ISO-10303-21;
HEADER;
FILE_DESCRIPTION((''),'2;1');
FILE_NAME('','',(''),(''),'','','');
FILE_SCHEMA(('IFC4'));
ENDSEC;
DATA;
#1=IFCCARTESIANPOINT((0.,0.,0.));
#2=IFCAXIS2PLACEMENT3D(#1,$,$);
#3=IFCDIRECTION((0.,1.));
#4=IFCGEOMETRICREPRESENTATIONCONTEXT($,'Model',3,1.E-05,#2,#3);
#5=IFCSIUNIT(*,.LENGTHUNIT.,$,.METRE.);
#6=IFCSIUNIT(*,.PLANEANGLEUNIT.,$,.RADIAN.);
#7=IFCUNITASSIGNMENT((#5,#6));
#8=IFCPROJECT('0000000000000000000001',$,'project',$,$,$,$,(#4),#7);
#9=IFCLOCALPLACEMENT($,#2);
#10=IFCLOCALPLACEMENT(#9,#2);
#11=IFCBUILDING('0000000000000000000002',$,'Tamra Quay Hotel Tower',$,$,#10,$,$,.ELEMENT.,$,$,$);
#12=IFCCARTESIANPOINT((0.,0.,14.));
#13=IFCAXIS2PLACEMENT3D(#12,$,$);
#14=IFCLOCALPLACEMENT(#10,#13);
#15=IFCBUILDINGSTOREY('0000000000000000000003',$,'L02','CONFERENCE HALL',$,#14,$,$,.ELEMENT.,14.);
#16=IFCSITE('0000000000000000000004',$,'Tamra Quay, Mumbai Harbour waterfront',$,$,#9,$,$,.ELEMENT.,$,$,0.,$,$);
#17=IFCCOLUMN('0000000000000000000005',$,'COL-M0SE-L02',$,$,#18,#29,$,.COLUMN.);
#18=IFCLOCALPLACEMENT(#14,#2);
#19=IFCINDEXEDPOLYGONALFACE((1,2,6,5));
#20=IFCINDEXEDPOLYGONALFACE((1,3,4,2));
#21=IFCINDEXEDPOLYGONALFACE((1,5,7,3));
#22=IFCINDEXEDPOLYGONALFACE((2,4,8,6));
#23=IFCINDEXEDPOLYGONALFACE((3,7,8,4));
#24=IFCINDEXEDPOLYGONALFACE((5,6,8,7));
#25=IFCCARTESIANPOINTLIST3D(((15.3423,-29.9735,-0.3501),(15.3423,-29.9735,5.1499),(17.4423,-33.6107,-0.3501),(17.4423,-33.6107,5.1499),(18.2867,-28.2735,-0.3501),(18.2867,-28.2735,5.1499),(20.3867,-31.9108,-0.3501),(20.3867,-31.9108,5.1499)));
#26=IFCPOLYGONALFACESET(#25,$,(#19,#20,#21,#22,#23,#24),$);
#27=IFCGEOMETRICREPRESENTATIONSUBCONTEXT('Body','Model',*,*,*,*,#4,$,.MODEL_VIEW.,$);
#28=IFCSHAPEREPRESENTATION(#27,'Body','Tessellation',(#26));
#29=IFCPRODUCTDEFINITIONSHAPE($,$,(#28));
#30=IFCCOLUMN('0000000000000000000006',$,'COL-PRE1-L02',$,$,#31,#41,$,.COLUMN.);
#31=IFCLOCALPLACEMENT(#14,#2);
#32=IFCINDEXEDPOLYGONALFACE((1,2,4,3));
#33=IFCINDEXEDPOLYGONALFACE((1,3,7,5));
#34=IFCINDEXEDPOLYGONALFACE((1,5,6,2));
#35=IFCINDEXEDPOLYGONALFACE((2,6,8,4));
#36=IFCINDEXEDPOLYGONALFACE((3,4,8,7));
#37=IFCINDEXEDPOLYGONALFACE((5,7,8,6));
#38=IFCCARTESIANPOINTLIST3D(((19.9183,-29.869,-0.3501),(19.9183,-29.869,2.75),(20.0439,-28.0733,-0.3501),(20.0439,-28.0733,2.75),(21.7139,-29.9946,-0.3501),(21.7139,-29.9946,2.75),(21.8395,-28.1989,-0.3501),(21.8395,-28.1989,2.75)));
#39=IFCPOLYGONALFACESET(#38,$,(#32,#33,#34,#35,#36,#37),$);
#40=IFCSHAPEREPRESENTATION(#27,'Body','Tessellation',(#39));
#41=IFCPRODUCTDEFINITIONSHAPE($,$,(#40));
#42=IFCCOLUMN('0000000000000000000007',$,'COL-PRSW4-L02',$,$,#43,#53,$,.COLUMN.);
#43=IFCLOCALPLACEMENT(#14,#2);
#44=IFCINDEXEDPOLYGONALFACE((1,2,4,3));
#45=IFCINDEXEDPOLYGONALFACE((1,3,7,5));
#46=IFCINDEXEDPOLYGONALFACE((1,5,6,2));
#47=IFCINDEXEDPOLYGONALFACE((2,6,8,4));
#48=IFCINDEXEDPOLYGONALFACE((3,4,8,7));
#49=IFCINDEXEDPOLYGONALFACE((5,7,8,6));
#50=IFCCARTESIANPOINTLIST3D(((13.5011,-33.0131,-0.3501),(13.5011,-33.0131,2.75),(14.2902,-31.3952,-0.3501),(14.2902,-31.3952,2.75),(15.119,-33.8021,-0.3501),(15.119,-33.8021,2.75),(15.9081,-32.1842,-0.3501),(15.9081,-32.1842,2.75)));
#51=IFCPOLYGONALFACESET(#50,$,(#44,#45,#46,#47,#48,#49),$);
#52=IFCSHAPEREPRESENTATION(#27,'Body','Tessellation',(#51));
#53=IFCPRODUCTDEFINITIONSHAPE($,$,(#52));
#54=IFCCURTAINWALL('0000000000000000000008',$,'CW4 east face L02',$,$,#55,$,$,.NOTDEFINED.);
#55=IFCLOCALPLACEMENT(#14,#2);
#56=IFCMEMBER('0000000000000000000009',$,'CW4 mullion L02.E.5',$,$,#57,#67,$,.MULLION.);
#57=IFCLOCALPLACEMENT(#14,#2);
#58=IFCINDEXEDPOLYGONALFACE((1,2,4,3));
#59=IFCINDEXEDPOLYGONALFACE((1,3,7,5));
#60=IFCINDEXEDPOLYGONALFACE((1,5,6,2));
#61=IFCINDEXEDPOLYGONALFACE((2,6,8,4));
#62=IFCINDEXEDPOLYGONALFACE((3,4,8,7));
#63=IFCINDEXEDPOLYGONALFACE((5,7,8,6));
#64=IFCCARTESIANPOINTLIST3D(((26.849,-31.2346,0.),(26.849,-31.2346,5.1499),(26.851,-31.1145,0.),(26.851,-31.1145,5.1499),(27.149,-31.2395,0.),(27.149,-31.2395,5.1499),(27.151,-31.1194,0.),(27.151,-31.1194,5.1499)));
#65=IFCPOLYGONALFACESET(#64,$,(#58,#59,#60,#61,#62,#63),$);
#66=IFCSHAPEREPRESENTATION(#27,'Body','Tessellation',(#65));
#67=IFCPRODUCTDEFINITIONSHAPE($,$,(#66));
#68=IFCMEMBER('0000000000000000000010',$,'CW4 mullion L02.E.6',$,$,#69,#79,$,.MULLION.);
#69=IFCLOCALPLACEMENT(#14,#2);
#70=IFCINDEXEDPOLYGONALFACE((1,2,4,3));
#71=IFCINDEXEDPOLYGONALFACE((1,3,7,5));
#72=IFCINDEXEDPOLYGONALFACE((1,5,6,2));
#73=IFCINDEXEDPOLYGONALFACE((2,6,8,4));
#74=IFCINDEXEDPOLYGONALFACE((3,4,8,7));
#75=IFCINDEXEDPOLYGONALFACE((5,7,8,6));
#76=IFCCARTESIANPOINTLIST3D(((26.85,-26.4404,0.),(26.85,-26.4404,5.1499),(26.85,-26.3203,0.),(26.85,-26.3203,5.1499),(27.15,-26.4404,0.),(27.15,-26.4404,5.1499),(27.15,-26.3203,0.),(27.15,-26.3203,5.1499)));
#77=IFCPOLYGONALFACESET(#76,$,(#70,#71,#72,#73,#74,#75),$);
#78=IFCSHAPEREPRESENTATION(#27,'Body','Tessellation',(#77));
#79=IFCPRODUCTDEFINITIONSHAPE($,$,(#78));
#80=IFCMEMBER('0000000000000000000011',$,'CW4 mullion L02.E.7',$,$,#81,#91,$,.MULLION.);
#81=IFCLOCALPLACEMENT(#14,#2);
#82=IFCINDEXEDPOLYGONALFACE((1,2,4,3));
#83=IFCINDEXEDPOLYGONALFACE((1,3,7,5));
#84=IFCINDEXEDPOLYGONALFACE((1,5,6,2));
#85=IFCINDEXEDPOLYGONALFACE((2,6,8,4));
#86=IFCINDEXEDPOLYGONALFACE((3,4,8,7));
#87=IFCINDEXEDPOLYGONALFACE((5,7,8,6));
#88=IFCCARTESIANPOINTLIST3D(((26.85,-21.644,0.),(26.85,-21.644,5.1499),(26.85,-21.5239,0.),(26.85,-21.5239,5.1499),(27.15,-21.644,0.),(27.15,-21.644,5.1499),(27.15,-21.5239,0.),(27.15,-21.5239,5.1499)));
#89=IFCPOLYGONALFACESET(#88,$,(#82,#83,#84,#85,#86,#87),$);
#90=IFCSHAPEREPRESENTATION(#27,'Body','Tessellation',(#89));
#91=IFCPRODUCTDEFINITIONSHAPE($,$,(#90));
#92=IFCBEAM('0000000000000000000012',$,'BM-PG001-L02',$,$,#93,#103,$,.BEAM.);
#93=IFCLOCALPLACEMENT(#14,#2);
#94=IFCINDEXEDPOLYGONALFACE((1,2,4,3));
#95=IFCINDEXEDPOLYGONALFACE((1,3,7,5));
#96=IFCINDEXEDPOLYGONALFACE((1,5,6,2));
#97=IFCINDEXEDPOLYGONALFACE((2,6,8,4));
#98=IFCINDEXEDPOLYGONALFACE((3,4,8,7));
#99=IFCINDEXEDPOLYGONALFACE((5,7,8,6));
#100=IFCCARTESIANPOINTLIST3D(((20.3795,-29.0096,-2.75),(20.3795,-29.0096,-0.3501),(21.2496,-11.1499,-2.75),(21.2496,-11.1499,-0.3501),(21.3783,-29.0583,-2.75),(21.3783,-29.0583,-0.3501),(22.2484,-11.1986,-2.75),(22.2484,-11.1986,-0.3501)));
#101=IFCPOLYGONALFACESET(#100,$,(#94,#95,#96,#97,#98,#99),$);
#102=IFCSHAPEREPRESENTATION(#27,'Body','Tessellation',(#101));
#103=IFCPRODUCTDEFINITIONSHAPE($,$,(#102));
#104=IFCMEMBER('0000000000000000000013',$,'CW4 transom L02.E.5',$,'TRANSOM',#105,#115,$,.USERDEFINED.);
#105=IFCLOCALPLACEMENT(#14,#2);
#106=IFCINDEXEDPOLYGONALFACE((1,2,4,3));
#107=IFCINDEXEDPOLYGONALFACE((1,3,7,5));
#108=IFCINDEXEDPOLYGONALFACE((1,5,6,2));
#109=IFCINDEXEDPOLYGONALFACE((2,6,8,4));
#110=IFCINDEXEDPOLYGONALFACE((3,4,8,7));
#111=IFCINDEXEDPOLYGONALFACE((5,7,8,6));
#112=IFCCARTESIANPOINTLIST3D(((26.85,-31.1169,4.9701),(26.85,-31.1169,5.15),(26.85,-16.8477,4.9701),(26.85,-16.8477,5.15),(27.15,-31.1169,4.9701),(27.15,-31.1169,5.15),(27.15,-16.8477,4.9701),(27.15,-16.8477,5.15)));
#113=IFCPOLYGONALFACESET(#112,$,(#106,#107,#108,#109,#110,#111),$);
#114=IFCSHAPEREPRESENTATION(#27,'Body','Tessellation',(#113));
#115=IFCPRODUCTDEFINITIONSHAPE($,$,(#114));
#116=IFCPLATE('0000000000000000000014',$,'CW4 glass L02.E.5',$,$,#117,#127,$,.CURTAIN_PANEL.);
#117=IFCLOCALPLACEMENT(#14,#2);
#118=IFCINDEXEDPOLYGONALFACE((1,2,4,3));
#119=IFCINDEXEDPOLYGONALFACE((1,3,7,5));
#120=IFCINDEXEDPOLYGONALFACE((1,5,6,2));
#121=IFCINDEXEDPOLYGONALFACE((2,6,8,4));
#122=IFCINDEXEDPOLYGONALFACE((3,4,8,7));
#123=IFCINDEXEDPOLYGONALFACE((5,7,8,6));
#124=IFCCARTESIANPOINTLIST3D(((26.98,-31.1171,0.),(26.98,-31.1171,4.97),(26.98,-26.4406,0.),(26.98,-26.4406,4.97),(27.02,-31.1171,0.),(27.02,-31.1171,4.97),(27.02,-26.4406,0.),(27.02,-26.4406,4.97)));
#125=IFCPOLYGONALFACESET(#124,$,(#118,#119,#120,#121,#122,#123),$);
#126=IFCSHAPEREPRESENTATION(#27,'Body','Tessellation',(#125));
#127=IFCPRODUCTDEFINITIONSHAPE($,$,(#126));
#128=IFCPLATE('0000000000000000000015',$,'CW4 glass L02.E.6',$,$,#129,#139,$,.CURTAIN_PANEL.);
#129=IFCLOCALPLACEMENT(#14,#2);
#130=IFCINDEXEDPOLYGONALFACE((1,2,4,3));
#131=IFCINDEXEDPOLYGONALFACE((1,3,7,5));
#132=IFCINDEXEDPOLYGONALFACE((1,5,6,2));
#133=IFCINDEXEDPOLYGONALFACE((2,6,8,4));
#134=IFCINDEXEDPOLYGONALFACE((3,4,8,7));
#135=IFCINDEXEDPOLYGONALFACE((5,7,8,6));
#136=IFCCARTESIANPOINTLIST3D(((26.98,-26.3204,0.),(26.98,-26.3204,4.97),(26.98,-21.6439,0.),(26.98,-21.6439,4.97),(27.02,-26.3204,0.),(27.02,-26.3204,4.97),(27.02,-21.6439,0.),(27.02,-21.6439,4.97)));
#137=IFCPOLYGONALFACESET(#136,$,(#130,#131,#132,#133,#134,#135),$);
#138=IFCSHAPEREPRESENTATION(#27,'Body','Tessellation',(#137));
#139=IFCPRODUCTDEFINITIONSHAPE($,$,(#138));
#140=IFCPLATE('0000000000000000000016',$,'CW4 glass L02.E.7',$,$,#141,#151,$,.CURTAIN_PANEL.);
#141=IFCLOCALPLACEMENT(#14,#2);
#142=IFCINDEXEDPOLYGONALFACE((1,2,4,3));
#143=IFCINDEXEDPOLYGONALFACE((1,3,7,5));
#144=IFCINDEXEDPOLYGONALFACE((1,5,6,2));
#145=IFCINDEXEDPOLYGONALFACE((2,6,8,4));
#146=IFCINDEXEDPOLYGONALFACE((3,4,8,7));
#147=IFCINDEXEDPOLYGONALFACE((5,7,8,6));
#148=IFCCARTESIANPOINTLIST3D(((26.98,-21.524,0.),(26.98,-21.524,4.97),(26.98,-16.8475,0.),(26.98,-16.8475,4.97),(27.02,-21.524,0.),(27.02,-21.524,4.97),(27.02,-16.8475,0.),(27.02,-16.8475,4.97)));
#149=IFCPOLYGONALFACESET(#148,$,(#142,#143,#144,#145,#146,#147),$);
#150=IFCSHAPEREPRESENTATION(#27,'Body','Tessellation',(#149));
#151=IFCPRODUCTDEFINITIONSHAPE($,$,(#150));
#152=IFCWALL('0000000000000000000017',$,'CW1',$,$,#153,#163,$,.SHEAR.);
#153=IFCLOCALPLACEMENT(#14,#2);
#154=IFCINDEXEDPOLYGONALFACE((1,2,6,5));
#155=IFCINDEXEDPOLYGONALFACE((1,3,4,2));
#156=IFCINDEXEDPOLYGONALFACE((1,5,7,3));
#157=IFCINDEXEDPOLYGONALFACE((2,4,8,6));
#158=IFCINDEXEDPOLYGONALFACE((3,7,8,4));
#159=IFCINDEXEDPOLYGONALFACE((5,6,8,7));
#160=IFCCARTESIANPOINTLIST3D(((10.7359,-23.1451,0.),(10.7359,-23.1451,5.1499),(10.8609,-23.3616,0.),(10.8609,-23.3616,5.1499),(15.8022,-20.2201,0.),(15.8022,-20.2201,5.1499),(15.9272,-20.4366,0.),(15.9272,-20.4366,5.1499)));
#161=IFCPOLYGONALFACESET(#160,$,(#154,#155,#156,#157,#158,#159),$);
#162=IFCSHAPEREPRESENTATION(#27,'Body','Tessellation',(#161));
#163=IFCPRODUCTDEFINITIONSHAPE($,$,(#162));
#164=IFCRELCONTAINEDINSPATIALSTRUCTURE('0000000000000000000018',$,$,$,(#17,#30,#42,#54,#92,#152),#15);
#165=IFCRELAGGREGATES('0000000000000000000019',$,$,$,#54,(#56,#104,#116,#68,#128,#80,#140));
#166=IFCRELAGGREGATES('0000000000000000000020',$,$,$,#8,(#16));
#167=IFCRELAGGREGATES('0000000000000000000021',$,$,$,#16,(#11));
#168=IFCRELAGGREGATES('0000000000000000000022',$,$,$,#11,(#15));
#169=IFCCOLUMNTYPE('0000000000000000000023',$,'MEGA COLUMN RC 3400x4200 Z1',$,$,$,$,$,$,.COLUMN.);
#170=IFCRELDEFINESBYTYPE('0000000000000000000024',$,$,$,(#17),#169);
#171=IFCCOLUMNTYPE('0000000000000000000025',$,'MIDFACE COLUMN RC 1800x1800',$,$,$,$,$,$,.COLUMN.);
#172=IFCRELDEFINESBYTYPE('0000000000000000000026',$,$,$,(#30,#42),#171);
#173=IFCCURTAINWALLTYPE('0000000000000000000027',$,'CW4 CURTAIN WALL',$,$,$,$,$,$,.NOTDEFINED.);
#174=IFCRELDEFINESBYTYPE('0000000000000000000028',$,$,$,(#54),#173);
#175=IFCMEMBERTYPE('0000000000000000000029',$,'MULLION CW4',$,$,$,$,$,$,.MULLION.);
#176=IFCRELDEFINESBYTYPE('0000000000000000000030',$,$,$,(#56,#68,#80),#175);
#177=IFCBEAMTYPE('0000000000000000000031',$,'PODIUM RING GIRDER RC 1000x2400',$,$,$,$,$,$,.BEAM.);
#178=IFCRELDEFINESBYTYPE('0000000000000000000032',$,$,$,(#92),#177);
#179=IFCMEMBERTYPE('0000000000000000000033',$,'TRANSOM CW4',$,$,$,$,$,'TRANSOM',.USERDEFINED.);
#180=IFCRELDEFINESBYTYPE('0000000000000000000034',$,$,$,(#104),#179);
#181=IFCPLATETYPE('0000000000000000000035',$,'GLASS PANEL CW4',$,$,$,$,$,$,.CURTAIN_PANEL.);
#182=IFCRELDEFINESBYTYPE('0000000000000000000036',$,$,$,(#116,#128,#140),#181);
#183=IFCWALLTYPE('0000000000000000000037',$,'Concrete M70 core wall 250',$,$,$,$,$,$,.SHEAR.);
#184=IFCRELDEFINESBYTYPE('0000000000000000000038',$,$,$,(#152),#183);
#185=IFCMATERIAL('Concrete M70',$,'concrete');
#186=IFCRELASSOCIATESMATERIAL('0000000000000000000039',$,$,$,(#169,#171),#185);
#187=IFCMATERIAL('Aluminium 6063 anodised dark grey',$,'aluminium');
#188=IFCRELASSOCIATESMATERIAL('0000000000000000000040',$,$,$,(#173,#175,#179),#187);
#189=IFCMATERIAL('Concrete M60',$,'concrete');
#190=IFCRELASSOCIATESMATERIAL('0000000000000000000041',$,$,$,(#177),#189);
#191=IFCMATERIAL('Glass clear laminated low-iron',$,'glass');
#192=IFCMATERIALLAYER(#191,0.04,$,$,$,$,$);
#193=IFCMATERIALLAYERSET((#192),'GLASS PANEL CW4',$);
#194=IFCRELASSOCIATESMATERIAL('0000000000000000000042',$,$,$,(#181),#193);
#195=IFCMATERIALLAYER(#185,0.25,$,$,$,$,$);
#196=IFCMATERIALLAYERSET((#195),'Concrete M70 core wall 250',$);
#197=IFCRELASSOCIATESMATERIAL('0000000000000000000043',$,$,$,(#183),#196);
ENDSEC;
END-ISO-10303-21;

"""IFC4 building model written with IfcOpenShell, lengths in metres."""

from ifc_helpers import new_model, si_unit, direction, frame, frame_2d, origin, origin_2d, place, context, subcontext, project, spatial, rectangle, extrude, material, layer, layer_set, material_profile, profile_set, type_object, element, aggregate, save


model = new_model("IFC4")

# Units and contexts
model_context = context("Model", 3, precision=1e-05, world=origin(), true_north=direction((0.0, 1.0)))
body_context = subcontext(model_context, "Body", "Model", "MODEL_VIEW")
ifc_project = project(units=[si_unit("LENGTHUNIT", "METRE"), si_unit("PLANEANGLEUNIT", "RADIAN")], contexts=[model_context])

# Site, building, storey
site_placement = place(None, origin())
site = spatial("IfcSite", under=ifc_project, at=site_placement, Name="Tamra Quay, Mumbai Harbour waterfront", CompositionType="ELEMENT", RefElevation=0.0)
building_placement = place(site_placement, origin())
building = spatial("IfcBuilding", under=site, at=building_placement, Name="Tamra Quay Hotel Tower", CompositionType="ELEMENT")
storey_placement = place(building_placement, frame((0.0, 0.0, 14.0)))
storey = spatial("IfcBuildingStorey", under=building, at=storey_placement, Name="L02", Description="CONFERENCE HALL", CompositionType="ELEMENT", Elevation=14.0)

# Columns
ifc_material_1 = material(Name="Concrete M70", Category="concrete")
ifc_material_profile_1 = material_profile(ifc_material_1, rectangle(XDim=4.2, YDim=3.3999, at=origin_2d()), Name="MEGA COLUMN RC 3400x4200 Z1")
ifc_profile_set_1 = profile_set([ifc_material_profile_1], Name="Concrete M70")
column_type_1 = type_object("IfcColumnType", Name="MEGA COLUMN RC 3400x4200 Z1", PredefinedType="COLUMN", material=ifc_profile_set_1)
column_placement = place(storey_placement, frame((17.8645, -30.9421, -0.3501), z_axis=(0.0, 0.0, 1.0), x_axis=(-0.5, 0.866025, 0.0)))
element("IfcColumn", 1, at=column_placement, inside=storey, type_object=column_type_1, Name="COL-M0SE-L02", PredefinedType="COLUMN", context=body_context, shape_type="SweptSolid", body=[
    extrude(rectangle(XDim=4.2, YDim=3.3999, at=origin_2d()), origin(), (0.0, 0.0, 1.0), 5.5),
])
ifc_material_profile_2 = material_profile(ifc_material_1, rectangle(XDim=1.8, YDim=1.8, at=origin_2d()), Name="MIDFACE COLUMN RC 1800x1800")
ifc_profile_set_2 = profile_set([ifc_material_profile_2], Name="Concrete M70")
column_type_2 = type_object("IfcColumnType", Name="MIDFACE COLUMN RC 1800x1800", PredefinedType="COLUMN", material=ifc_profile_set_2)
for number, where, z_axis, x_axis, name in (
    (2, (20.8789, -29.0339, -0.3501), (0.0, 0.0, 1.0), (-0.997562, 0.06979, 0.0), "COL-PRE1-L02"),
    (3, (14.7046, -32.5986, -0.3501), (0.0, 0.0, 1.0), (0.438341, 0.898809, 0.0), "COL-PRSW4-L02"),
):
    element("IfcColumn", number, at=place(storey_placement, frame(where, z_axis=z_axis, x_axis=x_axis)), inside=storey, type_object=column_type_2, Name=name, PredefinedType="COLUMN", context=body_context, shape_type="SweptSolid", body=[
        extrude(rectangle(XDim=1.8, YDim=1.8, at=origin_2d()), origin(), (0.0, 0.0, 1.0), 3.1001),
    ])

# Curtain wall, members
ifc_material_2 = material(Name="Aluminium 6063 anodised dark grey", Category="aluminium")
curtain_wall_type = type_object("IfcCurtainWallType", Name="CW4 CURTAIN WALL", PredefinedType="NOTDEFINED", material=ifc_material_2)
curtain_wall_placement = place(storey_placement, origin())
curtain_wall = element("IfcCurtainWall", 4, at=curtain_wall_placement, inside=storey, type_object=curtain_wall_type, Name="CW4 east face L02", PredefinedType="NOTDEFINED")
ifc_material_profile_3 = material_profile(ifc_material_2, rectangle(XDim=0.3, YDim=0.1201, at=origin_2d()), Name="MULLION 120X300")
ifc_profile_set_3 = profile_set([ifc_material_profile_3], Name="Aluminium 6063 anodised dark grey")
member_type_1 = type_object("IfcMemberType", Name="MULLION CW4", PredefinedType="MULLION", material=ifc_profile_set_3)
member_1_placement = place(storey_placement, frame((27.0, -31.177, 0.0), z_axis=(0.0, 0.0, 1.0), x_axis=(0.999866, -0.016362, 0.0)))
member_1 = element("IfcMember", 5, at=member_1_placement, type_object=member_type_1, Name="CW4 mullion L02.E.5", PredefinedType="MULLION", context=body_context, shape_type="SweptSolid", body=[
    extrude(rectangle(XDim=0.3, YDim=0.1201, at=origin_2d()), origin(), (0.0, 0.0, 1.0), 5.1499),
])
member_2_placement = place(storey_placement, frame((27.0, -26.3804, 0.0), z_axis=(0.0, 0.0, 1.0), x_axis=(1.0, 0.0, 0.0)))
member_2 = element("IfcMember", 6, at=member_2_placement, type_object=member_type_1, Name="CW4 mullion L02.E.6", PredefinedType="MULLION", context=body_context, shape_type="SweptSolid", body=[
    extrude(rectangle(XDim=0.3, YDim=0.1201, at=origin_2d()), origin(), (0.0, 0.0, 1.0), 5.1499),
])
member_3_placement = place(storey_placement, frame((27.0, -21.584, 0.0), z_axis=(0.0, 0.0, 1.0), x_axis=(1.0, 0.0, 0.0)))
member_3 = element("IfcMember", 7, at=member_3_placement, type_object=member_type_1, Name="CW4 mullion L02.E.7", PredefinedType="MULLION", context=body_context, shape_type="SweptSolid", body=[
    extrude(rectangle(XDim=0.3, YDim=0.1201, at=origin_2d()), origin(), (0.0, 0.0, 1.0), 5.1499),
])

# Beam
ifc_material_3 = material(Name="Concrete M60", Category="concrete")
ifc_material_profile_4 = material_profile(ifc_material_3, rectangle(XDim=1.0, YDim=2.3999, at=origin_2d()), Name="PODIUM RING GIRDER RC 1000x2400")
ifc_profile_set_4 = profile_set([ifc_material_profile_4], Name="Concrete M60")
beam_type = type_object("IfcBeamType", Name="PODIUM RING GIRDER RC 1000x2400", PredefinedType="BEAM", material=ifc_profile_set_4)
beam_placement = place(storey_placement, frame((20.8789, -29.0339, -1.55), z_axis=(0.048662, 0.998815, 0.0), x_axis=(-0.998815, 0.048662, 0.0)))
element("IfcBeam", 8, at=beam_placement, inside=storey, type_object=beam_type, Name="BM-PG001-L02", PredefinedType="BEAM", context=body_context, shape_type="SweptSolid", body=[
    extrude(rectangle(XDim=1.0, YDim=2.3999, at=origin_2d()), origin(), (0.0, 0.0, 1.0), 17.8809),
])

# Member
ifc_material_profile_5 = material_profile(ifc_material_2, rectangle(XDim=0.3, YDim=0.1799, at=origin_2d()), Name="TRANSOM 300X180")
ifc_profile_set_5 = profile_set([ifc_material_profile_5], Name="Aluminium 6063 anodised dark grey")
member_type_2 = type_object("IfcMemberType", Name="TRANSOM CW4", ElementType="TRANSOM", PredefinedType="USERDEFINED", material=ifc_profile_set_5)
member_4_placement = place(storey_placement, frame((27.0, -31.1169, 5.0601), z_axis=(0.0, 1.0, 0.0), x_axis=(-1.0, 0.0, 0.0)))
member_4 = element("IfcMember", 9, at=member_4_placement, type_object=member_type_2, Name="CW4 transom L02.E.5", ObjectType="TRANSOM", PredefinedType="USERDEFINED", context=body_context, shape_type="SweptSolid", body=[
    extrude(rectangle(XDim=0.3, YDim=0.1799, at=origin_2d()), origin(), (0.0, 0.0, 1.0), 14.2693),
])

# Plates
ifc_material_4 = material(Name="Glass clear laminated low-iron", Category="glass")
ifc_layer_1 = layer(ifc_material_4, 0.04)
ifc_layer_set_1 = layer_set([ifc_layer_1], Name="GLASS PANEL CW4")
plate_type = type_object("IfcPlateType", Name="GLASS PANEL CW4", PredefinedType="CURTAIN_PANEL", material=ifc_layer_set_1)
plate_1_placement = place(storey_placement, frame((27.0, -28.7788, 0.0), z_axis=(0.0, 0.0, 1.0), x_axis=(0.0, 1.0, 0.0)))
plate_1 = element("IfcPlate", 10, at=plate_1_placement, type_object=plate_type, Name="CW4 glass L02.E.5", PredefinedType="CURTAIN_PANEL", context=body_context, shape_type="SweptSolid", body=[
    extrude(rectangle(XDim=4.6765, YDim=0.04, at=origin_2d()), origin(), (0.0, 0.0, 1.0), 4.97),
])
plate_2_placement = place(storey_placement, frame((27.0, -23.9822, 0.0), z_axis=(0.0, 0.0, 1.0), x_axis=(0.0, 1.0, 0.0)))
plate_2 = element("IfcPlate", 11, at=plate_2_placement, type_object=plate_type, Name="CW4 glass L02.E.6", PredefinedType="CURTAIN_PANEL", context=body_context, shape_type="SweptSolid", body=[
    extrude(rectangle(XDim=4.6765, YDim=0.04, at=origin_2d()), origin(), (0.0, 0.0, 1.0), 4.97),
])
plate_3_placement = place(storey_placement, frame((27.0, -19.1858, 0.0), z_axis=(0.0, 0.0, 1.0), x_axis=(0.0, 1.0, 0.0)))
plate_3 = element("IfcPlate", 12, at=plate_3_placement, type_object=plate_type, Name="CW4 glass L02.E.7", PredefinedType="CURTAIN_PANEL", context=body_context, shape_type="SweptSolid", body=[
    extrude(rectangle(XDim=4.6765, YDim=0.04, at=origin_2d()), origin(), (0.0, 0.0, 1.0), 4.97),
])
aggregate(curtain_wall, [member_1, member_4, plate_1, member_2, plate_2, member_3, plate_3])

# Wall
ifc_layer_2 = layer(ifc_material_1, 0.25)
ifc_layer_set_2 = layer_set([ifc_layer_2], Name="Concrete M70 core wall 250")
wall_type = type_object("IfcWallType", Name="Concrete M70 core wall 250", PredefinedType="SHEAR", material=ifc_layer_set_2)
wall_placement = place(storey_placement, frame((15.8647, -20.3284, 0.0), z_axis=(0.0, 0.0, 1.0), x_axis=(-0.866029, -0.499995, 0.0)))
element("IfcWall", 13, at=wall_placement, inside=storey, type_object=wall_type, Name="CW1", PredefinedType="SHEAR", context=body_context, shape_type="SweptSolid", body=[
    extrude(rectangle(XDim=5.8501, YDim=0.25, at=frame_2d((2.925, 0.0))), origin(), (0.0, 0.0, 1.0), 5.1499),
])

save(model, "model.ifc")
